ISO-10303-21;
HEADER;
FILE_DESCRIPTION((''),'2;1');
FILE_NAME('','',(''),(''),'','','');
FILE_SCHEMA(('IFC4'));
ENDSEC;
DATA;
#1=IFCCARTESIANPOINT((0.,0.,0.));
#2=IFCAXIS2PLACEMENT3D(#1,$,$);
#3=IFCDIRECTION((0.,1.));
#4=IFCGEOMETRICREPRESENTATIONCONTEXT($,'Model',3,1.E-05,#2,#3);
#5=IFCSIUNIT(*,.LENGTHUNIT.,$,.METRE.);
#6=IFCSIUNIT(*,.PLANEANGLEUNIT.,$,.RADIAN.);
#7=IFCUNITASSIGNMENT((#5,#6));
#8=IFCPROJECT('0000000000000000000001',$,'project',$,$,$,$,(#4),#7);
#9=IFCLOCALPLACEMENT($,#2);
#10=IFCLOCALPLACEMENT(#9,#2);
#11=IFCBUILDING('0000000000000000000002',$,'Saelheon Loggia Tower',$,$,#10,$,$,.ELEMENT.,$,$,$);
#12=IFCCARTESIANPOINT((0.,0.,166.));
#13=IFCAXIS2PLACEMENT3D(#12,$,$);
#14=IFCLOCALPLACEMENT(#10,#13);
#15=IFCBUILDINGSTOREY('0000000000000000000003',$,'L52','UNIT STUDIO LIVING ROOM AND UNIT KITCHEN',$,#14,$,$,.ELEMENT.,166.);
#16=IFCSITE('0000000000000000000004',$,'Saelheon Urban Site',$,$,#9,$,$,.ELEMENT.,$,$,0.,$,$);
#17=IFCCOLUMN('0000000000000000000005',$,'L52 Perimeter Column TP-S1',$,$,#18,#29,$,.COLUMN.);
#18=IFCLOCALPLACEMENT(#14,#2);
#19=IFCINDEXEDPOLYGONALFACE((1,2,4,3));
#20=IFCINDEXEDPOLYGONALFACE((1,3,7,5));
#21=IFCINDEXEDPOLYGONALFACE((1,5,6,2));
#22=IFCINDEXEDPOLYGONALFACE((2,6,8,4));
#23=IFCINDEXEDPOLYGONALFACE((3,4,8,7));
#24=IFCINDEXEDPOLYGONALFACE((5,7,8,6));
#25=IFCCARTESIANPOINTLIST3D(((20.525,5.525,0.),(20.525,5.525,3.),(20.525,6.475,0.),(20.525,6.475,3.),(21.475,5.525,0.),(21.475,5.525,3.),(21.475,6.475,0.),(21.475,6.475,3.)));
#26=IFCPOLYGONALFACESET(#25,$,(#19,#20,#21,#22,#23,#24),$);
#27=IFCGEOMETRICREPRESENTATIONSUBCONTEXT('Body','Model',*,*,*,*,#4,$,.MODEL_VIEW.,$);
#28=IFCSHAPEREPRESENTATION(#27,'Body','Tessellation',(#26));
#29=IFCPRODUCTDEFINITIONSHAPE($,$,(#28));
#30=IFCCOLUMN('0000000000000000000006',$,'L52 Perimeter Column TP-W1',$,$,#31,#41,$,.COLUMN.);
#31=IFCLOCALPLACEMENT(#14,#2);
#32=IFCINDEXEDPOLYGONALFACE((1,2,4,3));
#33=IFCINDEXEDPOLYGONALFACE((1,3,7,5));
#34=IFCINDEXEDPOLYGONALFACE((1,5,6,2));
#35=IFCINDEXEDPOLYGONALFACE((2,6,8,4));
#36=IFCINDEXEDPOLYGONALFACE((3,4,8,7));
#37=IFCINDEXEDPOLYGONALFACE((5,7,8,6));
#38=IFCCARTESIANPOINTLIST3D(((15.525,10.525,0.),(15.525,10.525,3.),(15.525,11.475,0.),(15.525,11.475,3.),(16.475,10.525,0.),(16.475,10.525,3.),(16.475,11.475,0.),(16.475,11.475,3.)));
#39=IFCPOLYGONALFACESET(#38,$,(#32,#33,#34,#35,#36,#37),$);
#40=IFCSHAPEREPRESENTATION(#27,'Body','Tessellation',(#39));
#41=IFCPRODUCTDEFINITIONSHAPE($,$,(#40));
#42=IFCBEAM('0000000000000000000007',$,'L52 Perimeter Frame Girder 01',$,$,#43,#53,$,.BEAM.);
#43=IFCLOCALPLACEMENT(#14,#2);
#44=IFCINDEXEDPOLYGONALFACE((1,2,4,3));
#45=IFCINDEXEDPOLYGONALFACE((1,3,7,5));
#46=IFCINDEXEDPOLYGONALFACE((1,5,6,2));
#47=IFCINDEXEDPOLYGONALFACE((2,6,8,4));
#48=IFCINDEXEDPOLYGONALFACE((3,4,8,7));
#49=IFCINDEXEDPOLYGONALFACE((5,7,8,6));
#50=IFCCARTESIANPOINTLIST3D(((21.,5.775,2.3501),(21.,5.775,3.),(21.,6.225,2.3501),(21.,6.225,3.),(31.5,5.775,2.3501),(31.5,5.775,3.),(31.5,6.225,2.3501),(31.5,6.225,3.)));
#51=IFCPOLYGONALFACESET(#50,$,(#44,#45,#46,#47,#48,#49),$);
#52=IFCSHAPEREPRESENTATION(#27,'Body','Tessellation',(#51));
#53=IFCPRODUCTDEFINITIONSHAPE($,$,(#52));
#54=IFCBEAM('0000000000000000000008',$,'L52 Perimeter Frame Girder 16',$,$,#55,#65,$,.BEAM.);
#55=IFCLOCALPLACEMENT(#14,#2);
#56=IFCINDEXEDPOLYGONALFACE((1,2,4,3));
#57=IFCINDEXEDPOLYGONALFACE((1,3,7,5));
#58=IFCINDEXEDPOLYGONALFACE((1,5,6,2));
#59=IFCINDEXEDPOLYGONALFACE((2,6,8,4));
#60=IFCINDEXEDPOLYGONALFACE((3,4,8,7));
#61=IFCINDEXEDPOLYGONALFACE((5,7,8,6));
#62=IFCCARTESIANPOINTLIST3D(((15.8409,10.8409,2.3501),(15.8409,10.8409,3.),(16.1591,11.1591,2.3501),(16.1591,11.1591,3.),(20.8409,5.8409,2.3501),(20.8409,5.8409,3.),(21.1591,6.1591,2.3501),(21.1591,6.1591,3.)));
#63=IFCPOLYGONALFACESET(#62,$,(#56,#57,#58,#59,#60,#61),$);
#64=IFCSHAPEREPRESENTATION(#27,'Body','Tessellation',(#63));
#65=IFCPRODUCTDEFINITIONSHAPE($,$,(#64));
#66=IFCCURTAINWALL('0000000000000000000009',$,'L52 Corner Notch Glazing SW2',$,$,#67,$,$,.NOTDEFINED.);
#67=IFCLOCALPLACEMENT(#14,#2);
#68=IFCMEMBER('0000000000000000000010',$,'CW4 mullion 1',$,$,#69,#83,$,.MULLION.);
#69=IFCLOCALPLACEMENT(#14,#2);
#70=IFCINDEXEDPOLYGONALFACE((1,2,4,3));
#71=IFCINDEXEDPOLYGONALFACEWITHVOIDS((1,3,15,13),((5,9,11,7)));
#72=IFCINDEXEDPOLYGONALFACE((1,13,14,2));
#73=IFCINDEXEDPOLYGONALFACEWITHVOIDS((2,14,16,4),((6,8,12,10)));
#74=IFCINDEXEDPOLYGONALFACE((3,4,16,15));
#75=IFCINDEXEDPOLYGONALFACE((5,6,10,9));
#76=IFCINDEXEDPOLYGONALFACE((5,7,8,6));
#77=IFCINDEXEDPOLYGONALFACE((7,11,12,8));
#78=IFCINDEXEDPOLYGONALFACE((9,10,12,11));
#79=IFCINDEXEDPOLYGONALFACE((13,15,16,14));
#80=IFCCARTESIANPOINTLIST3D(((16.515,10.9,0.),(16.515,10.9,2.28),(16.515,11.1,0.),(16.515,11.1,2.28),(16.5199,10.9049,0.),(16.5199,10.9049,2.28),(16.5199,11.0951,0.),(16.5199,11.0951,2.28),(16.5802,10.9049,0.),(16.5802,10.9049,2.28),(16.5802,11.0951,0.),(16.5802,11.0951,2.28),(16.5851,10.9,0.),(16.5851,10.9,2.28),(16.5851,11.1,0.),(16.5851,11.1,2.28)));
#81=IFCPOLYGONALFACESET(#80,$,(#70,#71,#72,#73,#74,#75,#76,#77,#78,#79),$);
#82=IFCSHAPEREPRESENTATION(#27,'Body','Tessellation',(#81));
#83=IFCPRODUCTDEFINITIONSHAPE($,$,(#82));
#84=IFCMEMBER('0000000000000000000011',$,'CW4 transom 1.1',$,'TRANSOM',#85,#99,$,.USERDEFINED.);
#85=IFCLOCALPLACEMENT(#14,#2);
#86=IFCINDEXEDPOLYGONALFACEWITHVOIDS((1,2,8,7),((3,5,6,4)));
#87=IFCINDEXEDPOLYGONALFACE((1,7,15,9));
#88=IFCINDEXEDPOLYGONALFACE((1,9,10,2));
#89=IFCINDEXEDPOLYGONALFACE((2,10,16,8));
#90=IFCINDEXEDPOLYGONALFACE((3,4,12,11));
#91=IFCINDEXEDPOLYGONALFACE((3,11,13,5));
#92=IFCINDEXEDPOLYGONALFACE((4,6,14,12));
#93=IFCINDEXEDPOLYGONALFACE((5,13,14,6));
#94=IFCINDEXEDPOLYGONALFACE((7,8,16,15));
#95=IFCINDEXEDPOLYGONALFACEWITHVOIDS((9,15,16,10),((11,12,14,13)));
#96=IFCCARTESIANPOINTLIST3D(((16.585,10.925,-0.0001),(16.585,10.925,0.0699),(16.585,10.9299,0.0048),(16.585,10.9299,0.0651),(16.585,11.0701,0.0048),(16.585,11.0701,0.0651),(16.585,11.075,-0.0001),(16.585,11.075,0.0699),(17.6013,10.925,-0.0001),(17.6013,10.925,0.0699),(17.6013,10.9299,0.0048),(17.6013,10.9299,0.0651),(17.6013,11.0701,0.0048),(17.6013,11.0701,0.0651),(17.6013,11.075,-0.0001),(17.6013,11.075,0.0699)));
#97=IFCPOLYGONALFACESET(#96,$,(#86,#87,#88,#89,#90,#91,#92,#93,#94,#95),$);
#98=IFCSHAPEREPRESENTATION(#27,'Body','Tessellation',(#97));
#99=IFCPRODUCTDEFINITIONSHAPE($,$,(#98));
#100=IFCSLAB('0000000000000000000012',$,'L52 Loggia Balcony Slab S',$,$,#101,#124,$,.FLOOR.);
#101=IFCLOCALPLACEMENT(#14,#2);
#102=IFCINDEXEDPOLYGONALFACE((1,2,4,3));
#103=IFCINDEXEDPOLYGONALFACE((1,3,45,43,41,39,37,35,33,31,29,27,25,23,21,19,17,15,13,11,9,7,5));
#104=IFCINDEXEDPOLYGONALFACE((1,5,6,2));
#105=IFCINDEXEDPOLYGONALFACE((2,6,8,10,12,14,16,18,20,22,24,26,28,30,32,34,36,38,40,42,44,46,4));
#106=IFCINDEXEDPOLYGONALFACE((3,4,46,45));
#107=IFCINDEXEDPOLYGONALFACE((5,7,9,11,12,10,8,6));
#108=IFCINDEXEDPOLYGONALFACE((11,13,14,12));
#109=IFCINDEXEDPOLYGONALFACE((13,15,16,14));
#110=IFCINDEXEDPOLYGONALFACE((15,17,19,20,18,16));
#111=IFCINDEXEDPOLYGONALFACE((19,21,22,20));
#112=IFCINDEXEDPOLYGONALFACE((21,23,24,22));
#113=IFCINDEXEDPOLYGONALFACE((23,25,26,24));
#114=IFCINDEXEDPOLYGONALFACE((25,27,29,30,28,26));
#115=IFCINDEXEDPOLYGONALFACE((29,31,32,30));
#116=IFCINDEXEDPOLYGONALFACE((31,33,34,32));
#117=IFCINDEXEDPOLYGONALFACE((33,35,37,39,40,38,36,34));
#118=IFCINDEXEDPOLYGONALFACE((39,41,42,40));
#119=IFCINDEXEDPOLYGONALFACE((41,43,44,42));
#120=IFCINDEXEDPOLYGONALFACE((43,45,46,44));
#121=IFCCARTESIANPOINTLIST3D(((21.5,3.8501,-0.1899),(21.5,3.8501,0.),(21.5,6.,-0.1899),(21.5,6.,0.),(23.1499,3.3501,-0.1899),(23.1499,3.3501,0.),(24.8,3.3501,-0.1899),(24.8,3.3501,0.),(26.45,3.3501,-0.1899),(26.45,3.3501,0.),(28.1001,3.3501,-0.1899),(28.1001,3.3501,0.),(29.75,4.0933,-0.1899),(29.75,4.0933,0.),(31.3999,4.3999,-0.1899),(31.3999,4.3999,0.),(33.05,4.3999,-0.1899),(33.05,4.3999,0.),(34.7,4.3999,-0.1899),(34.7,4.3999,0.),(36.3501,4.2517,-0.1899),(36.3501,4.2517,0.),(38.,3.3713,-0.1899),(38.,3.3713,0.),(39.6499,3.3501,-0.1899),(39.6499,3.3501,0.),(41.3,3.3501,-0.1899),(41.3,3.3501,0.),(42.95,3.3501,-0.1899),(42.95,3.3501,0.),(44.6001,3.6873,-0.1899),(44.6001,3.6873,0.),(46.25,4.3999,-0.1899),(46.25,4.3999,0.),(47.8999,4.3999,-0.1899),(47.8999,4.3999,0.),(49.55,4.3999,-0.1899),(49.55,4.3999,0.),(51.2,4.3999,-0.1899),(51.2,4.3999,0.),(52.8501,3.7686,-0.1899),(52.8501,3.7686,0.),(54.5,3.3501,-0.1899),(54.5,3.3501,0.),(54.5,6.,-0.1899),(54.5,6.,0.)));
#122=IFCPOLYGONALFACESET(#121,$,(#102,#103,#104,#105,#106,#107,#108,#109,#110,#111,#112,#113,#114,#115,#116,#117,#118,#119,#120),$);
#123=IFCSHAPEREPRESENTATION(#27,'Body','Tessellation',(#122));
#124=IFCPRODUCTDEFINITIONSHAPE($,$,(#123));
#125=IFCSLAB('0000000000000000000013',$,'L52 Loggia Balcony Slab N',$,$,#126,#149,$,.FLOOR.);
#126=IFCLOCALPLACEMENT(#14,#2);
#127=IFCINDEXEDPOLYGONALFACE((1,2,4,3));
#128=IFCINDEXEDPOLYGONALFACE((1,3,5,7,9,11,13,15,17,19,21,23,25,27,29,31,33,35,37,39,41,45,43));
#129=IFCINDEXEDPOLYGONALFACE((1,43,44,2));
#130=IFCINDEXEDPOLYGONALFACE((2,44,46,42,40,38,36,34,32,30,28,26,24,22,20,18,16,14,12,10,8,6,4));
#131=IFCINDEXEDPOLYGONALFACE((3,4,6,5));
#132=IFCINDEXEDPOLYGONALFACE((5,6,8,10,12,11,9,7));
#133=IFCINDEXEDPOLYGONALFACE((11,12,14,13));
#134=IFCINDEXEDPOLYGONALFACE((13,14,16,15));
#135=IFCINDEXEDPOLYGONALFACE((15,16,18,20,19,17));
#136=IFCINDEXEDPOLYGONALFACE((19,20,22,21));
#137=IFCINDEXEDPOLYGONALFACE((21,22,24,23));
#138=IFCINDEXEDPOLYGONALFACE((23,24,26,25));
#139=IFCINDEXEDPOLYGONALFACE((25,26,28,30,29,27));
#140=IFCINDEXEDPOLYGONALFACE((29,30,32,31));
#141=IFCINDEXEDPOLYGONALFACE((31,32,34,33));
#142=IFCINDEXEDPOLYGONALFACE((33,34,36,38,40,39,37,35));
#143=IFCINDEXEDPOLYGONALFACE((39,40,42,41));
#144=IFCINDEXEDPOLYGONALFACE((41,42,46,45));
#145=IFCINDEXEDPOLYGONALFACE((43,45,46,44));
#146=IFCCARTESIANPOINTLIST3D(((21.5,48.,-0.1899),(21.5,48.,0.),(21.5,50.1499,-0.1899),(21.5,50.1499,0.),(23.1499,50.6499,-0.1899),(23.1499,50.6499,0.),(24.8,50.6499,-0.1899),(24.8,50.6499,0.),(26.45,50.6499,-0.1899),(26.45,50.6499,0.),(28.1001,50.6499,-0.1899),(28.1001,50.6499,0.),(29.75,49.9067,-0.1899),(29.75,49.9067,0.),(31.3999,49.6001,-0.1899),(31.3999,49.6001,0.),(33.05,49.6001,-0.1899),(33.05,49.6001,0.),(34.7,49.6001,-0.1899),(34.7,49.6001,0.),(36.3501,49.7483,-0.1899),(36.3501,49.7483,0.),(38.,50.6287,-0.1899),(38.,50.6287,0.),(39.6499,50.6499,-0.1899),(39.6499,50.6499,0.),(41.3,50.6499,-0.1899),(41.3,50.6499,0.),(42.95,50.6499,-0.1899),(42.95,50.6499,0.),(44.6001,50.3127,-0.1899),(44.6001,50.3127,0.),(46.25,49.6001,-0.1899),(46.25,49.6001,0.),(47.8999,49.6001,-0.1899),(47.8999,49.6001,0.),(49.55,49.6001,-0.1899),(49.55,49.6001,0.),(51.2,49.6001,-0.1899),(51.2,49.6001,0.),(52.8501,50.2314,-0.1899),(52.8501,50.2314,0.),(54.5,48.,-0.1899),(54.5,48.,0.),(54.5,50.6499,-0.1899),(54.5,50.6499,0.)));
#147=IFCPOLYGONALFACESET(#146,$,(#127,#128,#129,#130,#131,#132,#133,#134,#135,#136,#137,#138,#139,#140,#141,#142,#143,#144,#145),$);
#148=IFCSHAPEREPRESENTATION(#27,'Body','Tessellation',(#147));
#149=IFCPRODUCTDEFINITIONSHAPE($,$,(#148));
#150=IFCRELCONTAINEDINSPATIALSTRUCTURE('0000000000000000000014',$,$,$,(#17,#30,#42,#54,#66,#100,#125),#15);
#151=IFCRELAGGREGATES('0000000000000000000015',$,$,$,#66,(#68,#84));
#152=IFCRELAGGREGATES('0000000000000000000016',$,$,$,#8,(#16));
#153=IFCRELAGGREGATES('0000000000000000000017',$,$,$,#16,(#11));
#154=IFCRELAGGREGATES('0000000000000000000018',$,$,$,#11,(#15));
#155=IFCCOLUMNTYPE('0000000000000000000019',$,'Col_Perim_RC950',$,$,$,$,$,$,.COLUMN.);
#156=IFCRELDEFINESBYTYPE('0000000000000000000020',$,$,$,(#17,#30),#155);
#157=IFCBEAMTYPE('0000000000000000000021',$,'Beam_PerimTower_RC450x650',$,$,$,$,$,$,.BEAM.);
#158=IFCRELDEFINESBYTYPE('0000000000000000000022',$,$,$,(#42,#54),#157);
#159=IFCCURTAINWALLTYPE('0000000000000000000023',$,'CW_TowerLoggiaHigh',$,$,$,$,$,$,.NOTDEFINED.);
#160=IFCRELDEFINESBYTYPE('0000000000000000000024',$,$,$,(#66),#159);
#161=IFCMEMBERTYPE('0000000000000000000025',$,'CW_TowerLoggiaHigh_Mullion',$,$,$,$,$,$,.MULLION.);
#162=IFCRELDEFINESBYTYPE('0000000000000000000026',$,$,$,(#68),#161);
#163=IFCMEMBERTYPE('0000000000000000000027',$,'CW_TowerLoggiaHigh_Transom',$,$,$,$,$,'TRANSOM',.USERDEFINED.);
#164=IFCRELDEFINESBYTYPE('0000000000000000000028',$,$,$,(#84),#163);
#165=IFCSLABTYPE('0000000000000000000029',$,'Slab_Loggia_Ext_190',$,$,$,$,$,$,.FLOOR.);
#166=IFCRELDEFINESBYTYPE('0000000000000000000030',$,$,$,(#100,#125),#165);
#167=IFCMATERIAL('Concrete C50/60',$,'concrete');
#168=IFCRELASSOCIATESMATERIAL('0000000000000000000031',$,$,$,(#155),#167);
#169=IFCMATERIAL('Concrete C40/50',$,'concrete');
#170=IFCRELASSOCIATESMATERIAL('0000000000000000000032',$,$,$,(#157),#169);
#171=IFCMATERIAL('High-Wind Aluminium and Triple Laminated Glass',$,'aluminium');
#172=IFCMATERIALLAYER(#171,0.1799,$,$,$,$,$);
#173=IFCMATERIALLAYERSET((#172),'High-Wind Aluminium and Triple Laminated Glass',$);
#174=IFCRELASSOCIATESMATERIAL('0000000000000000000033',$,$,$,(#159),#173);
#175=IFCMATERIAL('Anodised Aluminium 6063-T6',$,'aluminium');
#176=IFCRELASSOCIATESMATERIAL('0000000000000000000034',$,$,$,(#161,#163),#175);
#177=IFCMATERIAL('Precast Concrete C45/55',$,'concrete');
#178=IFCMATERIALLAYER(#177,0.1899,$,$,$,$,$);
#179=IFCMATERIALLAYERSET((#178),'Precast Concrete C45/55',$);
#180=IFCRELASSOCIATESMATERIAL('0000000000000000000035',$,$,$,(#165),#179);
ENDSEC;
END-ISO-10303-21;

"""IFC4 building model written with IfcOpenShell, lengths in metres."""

from ifc_helpers import new_model, si_unit, direction, frame, origin, origin_2d, place, context, subcontext, project, spatial, polyline, rectangle, hollow_rectangle, outline, extrude, source, transform, mapped, material, layer, layer_set, material_profile, profile_set, type_object, element, aggregate, save


model = new_model("IFC4")

# Units and contexts
model_context = context("Model", 3, precision=1e-05, world=origin(), true_north=direction((0.0, 1.0)))
body_context = subcontext(model_context, "Body", "Model", "MODEL_VIEW")
ifc_project = project(units=[si_unit("LENGTHUNIT", "METRE"), si_unit("PLANEANGLEUNIT", "RADIAN")], contexts=[model_context])

# Site, building, storey
site_placement = place(None, origin())
site = spatial("IfcSite", under=ifc_project, at=site_placement, Name="Saelheon Urban Site", CompositionType="ELEMENT", RefElevation=0.0)
building_placement = place(site_placement, origin())
building = spatial("IfcBuilding", under=site, at=building_placement, Name="Saelheon Loggia Tower", CompositionType="ELEMENT")
storey_placement = place(building_placement, frame((0.0, 0.0, 166.0)))
storey = spatial("IfcBuildingStorey", under=building, at=storey_placement, Name="L52", Description="UNIT STUDIO LIVING ROOM AND UNIT KITCHEN", CompositionType="ELEMENT", Elevation=166.0)

# Columns
ifc_material_1 = material(Name="Concrete C50/60", Category="concrete")
ifc_material_profile_1 = material_profile(ifc_material_1, rectangle(XDim=0.95, YDim=0.95, at=origin_2d()), Name="RC-950x950")
ifc_profile_set_1 = profile_set([ifc_material_profile_1], Name="Concrete C50/60")
column_type = type_object("IfcColumnType", Name="Col_Perim_RC950", PredefinedType="COLUMN", material=ifc_profile_set_1)
shared_shape_1 = source(origin(), body_context, "Body", "SweptSolid", [
    extrude(rectangle(XDim=0.95, YDim=0.95, at=origin_2d()), origin(), (0.0, 0.0, 1.0), 3.0),
])
for number, where, z_axis, x_axis, name in (
    (1, (21.0, 6.0, 0.0), (0.0, 0.0, 1.0), (1.0, 0.0, 0.0), "L52 Perimeter Column TP-S1"),
    (2, (16.0, 11.0, 0.0), (0.0, 0.0, 1.0), (1.0, 0.0, 0.0), "L52 Perimeter Column TP-W1"),
):
    element("IfcColumn", number, at=place(storey_placement, frame(where, z_axis=z_axis, x_axis=x_axis)), inside=storey, type_object=column_type, Name=name, PredefinedType="COLUMN", context=body_context, shape_type="MappedRepresentation", body=[
        mapped(shared_shape_1, transform((0.0, 0.0, 0.0), scale=1.0)),
    ])

# Beams
ifc_material_2 = material(Name="Concrete C40/50", Category="concrete")
ifc_material_profile_2 = material_profile(ifc_material_2, rectangle(XDim=0.45, YDim=0.6499, at=origin_2d()), Name="RC-450x650")
ifc_profile_set_2 = profile_set([ifc_material_profile_2], Name="Concrete C40/50")
beam_type = type_object("IfcBeamType", Name="Beam_PerimTower_RC450x650", PredefinedType="BEAM", material=ifc_profile_set_2)
shared_shape_2 = source(origin(), body_context, "Body", "SweptSolid", [
    extrude(rectangle(XDim=0.45, YDim=0.6499, at=origin_2d()), origin(), (0.0, 0.0, 1.0), 10.5),
])
beam_1_placement = place(storey_placement, frame((21.0, 6.0, 2.675), z_axis=(1.0, 0.0, 0.0), x_axis=(0.0, 1.0, 0.0)))
element("IfcBeam", 3, at=beam_1_placement, inside=storey, type_object=beam_type, Name="L52 Perimeter Frame Girder 01", PredefinedType="BEAM", context=body_context, shape_type="MappedRepresentation", body=[
    mapped(shared_shape_2, transform((0.0, 0.0, 0.0), scale=1.0)),
])
shared_shape_3 = source(origin(), body_context, "Body", "SweptSolid", [
    extrude(rectangle(XDim=0.45, YDim=0.6499, at=origin_2d()), origin(), (0.0, 0.0, 1.0), 7.071),
])
beam_2_placement = place(storey_placement, frame((16.0, 11.0, 2.675), z_axis=(0.707107, -0.707107, 0.0), x_axis=(0.707107, 0.707107, 0.0)))
element("IfcBeam", 4, at=beam_2_placement, inside=storey, type_object=beam_type, Name="L52 Perimeter Frame Girder 16", PredefinedType="BEAM", context=body_context, shape_type="MappedRepresentation", body=[
    mapped(shared_shape_3, transform((0.0, 0.0, 0.0), scale=1.0)),
])

# Curtain wall, members
ifc_material_3 = material(Name="High-Wind Aluminium and Triple Laminated Glass", Category="aluminium")
ifc_layer_1 = layer(ifc_material_3, 0.1799)
ifc_layer_set_1 = layer_set([ifc_layer_1], Name="High-Wind Aluminium and Triple Laminated Glass")
curtain_wall_type = type_object("IfcCurtainWallType", Name="CW_TowerLoggiaHigh", PredefinedType="NOTDEFINED", material=ifc_layer_set_1)
curtain_wall_placement = place(storey_placement, origin())
curtain_wall = element("IfcCurtainWall", 5, at=curtain_wall_placement, inside=storey, type_object=curtain_wall_type, Name="L52 Corner Notch Glazing SW2", PredefinedType="NOTDEFINED")
ifc_material_4 = material(Name="Anodised Aluminium 6063-T6", Category="aluminium")
ifc_material_profile_3 = material_profile(ifc_material_4, hollow_rectangle(XDim=0.0701, YDim=0.2, WallThickness=0.0049, at=origin_2d()), Name="RHS-200x70x5")
ifc_profile_set_3 = profile_set([ifc_material_profile_3], Name="Anodised Aluminium 6063-T6")
member_type_1 = type_object("IfcMemberType", Name="CW_TowerLoggiaHigh_Mullion", PredefinedType="MULLION", material=ifc_profile_set_3)
shared_shape_4 = source(origin(), body_context, "Body", "SweptSolid", [
    extrude(hollow_rectangle(XDim=0.0701, YDim=0.2, WallThickness=0.0049, at=origin_2d()), origin(), (0.0, 0.0, 1.0), 2.28),
])
member_1_placement = place(storey_placement, frame((16.55, 11.0, 0.0), z_axis=(0.0, 0.0, 1.0), x_axis=(1.0, 0.0, 0.0)))
member_1 = element("IfcMember", 6, at=member_1_placement, type_object=member_type_1, Name="CW4 mullion 1", PredefinedType="MULLION", context=body_context, shape_type="MappedRepresentation", body=[
    mapped(shared_shape_4, transform((0.0, 0.0, 0.0), scale=1.0)),
])
ifc_material_profile_4 = material_profile(ifc_material_4, hollow_rectangle(XDim=0.0701, YDim=0.1499, WallThickness=0.0049, at=origin_2d()), Name="RHS-150x70x5")
ifc_profile_set_4 = profile_set([ifc_material_profile_4], Name="Anodised Aluminium 6063-T6")
member_type_2 = type_object("IfcMemberType", Name="CW_TowerLoggiaHigh_Transom", ElementType="TRANSOM", PredefinedType="USERDEFINED", material=ifc_profile_set_4)
shared_shape_5 = source(origin(), body_context, "Body", "SweptSolid", [
    extrude(hollow_rectangle(XDim=0.0701, YDim=0.1499, WallThickness=0.0049, at=origin_2d()), origin(), (0.0, 0.0, 1.0), 1.0164),
])
member_2_placement = place(storey_placement, frame((16.585, 11.0, 0.0349), z_axis=(1.0, 0.0, 0.0), x_axis=(0.0, 0.0, 1.0)))
member_2 = element("IfcMember", 7, at=member_2_placement, type_object=member_type_2, Name="CW4 transom 1.1", ObjectType="TRANSOM", PredefinedType="USERDEFINED", context=body_context, shape_type="MappedRepresentation", body=[
    mapped(shared_shape_5, transform((0.0, 0.0, 0.0), scale=1.0)),
])
aggregate(curtain_wall, [member_1, member_2])

# Slabs
ifc_material_5 = material(Name="Precast Concrete C45/55", Category="concrete")
ifc_layer_2 = layer(ifc_material_5, 0.1899)
ifc_layer_set_2 = layer_set([ifc_layer_2], Name="Precast Concrete C45/55")
slab_type_1 = type_object("IfcSlabType", Name="Slab_Loggia_Ext_190", PredefinedType="FLOOR", material=ifc_layer_set_2)
slab_1_placement = place(storey_placement, frame((0.0, 0.0, -0.1899)))
element("IfcSlab", 8, at=slab_1_placement, inside=storey, type_object=slab_type_1, Name="L52 Loggia Balcony Slab S", PredefinedType="FLOOR", context=body_context, shape_type="SweptSolid", body=[
    extrude(outline(polyline([(21.5, 3.8501), (23.1499, 3.3501), (24.8, 3.3501), (26.45, 3.3501), (28.1001, 3.3501), (29.75, 4.0933), (31.3999, 4.3999), (33.05, 4.3999), (34.7, 4.3999), (36.3501, 4.2517), (38.0, 3.3713), (39.6499, 3.3501), (41.3, 3.3501), (42.95, 3.3501), (44.6001, 3.6873), (46.25, 4.3999), (47.8999, 4.3999), (49.55, 4.3999), (51.2, 4.3999), (52.8501, 3.7686), (54.5, 3.3501), (54.5, 6.0), (21.5, 6.0), (21.5, 3.8501)])), origin(), (0.0, 0.0, 1.0), 0.1899),
])
slab_2_placement = place(storey_placement, frame((0.0, 0.0, -0.1899)))
element("IfcSlab", 9, at=slab_2_placement, inside=storey, type_object=slab_type_1, Name="L52 Loggia Balcony Slab N", PredefinedType="FLOOR", context=body_context, shape_type="SweptSolid", body=[
    extrude(outline(polyline([(21.5, 48.0), (54.5, 48.0), (54.5, 50.6499), (52.8501, 50.2314), (51.2, 49.6001), (49.55, 49.6001), (47.8999, 49.6001), (46.25, 49.6001), (44.6001, 50.3127), (42.95, 50.6499), (41.3, 50.6499), (39.6499, 50.6499), (38.0, 50.6287), (36.3501, 49.7483), (34.7, 49.6001), (33.05, 49.6001), (31.3999, 49.6001), (29.75, 49.9067), (28.1001, 50.6499), (26.45, 50.6499), (24.8, 50.6499), (23.1499, 50.6499), (21.5, 50.1499), (21.5, 48.0)])), origin(), (0.0, 0.0, 1.0), 0.1899),
])

save(model, "model.ifc")
